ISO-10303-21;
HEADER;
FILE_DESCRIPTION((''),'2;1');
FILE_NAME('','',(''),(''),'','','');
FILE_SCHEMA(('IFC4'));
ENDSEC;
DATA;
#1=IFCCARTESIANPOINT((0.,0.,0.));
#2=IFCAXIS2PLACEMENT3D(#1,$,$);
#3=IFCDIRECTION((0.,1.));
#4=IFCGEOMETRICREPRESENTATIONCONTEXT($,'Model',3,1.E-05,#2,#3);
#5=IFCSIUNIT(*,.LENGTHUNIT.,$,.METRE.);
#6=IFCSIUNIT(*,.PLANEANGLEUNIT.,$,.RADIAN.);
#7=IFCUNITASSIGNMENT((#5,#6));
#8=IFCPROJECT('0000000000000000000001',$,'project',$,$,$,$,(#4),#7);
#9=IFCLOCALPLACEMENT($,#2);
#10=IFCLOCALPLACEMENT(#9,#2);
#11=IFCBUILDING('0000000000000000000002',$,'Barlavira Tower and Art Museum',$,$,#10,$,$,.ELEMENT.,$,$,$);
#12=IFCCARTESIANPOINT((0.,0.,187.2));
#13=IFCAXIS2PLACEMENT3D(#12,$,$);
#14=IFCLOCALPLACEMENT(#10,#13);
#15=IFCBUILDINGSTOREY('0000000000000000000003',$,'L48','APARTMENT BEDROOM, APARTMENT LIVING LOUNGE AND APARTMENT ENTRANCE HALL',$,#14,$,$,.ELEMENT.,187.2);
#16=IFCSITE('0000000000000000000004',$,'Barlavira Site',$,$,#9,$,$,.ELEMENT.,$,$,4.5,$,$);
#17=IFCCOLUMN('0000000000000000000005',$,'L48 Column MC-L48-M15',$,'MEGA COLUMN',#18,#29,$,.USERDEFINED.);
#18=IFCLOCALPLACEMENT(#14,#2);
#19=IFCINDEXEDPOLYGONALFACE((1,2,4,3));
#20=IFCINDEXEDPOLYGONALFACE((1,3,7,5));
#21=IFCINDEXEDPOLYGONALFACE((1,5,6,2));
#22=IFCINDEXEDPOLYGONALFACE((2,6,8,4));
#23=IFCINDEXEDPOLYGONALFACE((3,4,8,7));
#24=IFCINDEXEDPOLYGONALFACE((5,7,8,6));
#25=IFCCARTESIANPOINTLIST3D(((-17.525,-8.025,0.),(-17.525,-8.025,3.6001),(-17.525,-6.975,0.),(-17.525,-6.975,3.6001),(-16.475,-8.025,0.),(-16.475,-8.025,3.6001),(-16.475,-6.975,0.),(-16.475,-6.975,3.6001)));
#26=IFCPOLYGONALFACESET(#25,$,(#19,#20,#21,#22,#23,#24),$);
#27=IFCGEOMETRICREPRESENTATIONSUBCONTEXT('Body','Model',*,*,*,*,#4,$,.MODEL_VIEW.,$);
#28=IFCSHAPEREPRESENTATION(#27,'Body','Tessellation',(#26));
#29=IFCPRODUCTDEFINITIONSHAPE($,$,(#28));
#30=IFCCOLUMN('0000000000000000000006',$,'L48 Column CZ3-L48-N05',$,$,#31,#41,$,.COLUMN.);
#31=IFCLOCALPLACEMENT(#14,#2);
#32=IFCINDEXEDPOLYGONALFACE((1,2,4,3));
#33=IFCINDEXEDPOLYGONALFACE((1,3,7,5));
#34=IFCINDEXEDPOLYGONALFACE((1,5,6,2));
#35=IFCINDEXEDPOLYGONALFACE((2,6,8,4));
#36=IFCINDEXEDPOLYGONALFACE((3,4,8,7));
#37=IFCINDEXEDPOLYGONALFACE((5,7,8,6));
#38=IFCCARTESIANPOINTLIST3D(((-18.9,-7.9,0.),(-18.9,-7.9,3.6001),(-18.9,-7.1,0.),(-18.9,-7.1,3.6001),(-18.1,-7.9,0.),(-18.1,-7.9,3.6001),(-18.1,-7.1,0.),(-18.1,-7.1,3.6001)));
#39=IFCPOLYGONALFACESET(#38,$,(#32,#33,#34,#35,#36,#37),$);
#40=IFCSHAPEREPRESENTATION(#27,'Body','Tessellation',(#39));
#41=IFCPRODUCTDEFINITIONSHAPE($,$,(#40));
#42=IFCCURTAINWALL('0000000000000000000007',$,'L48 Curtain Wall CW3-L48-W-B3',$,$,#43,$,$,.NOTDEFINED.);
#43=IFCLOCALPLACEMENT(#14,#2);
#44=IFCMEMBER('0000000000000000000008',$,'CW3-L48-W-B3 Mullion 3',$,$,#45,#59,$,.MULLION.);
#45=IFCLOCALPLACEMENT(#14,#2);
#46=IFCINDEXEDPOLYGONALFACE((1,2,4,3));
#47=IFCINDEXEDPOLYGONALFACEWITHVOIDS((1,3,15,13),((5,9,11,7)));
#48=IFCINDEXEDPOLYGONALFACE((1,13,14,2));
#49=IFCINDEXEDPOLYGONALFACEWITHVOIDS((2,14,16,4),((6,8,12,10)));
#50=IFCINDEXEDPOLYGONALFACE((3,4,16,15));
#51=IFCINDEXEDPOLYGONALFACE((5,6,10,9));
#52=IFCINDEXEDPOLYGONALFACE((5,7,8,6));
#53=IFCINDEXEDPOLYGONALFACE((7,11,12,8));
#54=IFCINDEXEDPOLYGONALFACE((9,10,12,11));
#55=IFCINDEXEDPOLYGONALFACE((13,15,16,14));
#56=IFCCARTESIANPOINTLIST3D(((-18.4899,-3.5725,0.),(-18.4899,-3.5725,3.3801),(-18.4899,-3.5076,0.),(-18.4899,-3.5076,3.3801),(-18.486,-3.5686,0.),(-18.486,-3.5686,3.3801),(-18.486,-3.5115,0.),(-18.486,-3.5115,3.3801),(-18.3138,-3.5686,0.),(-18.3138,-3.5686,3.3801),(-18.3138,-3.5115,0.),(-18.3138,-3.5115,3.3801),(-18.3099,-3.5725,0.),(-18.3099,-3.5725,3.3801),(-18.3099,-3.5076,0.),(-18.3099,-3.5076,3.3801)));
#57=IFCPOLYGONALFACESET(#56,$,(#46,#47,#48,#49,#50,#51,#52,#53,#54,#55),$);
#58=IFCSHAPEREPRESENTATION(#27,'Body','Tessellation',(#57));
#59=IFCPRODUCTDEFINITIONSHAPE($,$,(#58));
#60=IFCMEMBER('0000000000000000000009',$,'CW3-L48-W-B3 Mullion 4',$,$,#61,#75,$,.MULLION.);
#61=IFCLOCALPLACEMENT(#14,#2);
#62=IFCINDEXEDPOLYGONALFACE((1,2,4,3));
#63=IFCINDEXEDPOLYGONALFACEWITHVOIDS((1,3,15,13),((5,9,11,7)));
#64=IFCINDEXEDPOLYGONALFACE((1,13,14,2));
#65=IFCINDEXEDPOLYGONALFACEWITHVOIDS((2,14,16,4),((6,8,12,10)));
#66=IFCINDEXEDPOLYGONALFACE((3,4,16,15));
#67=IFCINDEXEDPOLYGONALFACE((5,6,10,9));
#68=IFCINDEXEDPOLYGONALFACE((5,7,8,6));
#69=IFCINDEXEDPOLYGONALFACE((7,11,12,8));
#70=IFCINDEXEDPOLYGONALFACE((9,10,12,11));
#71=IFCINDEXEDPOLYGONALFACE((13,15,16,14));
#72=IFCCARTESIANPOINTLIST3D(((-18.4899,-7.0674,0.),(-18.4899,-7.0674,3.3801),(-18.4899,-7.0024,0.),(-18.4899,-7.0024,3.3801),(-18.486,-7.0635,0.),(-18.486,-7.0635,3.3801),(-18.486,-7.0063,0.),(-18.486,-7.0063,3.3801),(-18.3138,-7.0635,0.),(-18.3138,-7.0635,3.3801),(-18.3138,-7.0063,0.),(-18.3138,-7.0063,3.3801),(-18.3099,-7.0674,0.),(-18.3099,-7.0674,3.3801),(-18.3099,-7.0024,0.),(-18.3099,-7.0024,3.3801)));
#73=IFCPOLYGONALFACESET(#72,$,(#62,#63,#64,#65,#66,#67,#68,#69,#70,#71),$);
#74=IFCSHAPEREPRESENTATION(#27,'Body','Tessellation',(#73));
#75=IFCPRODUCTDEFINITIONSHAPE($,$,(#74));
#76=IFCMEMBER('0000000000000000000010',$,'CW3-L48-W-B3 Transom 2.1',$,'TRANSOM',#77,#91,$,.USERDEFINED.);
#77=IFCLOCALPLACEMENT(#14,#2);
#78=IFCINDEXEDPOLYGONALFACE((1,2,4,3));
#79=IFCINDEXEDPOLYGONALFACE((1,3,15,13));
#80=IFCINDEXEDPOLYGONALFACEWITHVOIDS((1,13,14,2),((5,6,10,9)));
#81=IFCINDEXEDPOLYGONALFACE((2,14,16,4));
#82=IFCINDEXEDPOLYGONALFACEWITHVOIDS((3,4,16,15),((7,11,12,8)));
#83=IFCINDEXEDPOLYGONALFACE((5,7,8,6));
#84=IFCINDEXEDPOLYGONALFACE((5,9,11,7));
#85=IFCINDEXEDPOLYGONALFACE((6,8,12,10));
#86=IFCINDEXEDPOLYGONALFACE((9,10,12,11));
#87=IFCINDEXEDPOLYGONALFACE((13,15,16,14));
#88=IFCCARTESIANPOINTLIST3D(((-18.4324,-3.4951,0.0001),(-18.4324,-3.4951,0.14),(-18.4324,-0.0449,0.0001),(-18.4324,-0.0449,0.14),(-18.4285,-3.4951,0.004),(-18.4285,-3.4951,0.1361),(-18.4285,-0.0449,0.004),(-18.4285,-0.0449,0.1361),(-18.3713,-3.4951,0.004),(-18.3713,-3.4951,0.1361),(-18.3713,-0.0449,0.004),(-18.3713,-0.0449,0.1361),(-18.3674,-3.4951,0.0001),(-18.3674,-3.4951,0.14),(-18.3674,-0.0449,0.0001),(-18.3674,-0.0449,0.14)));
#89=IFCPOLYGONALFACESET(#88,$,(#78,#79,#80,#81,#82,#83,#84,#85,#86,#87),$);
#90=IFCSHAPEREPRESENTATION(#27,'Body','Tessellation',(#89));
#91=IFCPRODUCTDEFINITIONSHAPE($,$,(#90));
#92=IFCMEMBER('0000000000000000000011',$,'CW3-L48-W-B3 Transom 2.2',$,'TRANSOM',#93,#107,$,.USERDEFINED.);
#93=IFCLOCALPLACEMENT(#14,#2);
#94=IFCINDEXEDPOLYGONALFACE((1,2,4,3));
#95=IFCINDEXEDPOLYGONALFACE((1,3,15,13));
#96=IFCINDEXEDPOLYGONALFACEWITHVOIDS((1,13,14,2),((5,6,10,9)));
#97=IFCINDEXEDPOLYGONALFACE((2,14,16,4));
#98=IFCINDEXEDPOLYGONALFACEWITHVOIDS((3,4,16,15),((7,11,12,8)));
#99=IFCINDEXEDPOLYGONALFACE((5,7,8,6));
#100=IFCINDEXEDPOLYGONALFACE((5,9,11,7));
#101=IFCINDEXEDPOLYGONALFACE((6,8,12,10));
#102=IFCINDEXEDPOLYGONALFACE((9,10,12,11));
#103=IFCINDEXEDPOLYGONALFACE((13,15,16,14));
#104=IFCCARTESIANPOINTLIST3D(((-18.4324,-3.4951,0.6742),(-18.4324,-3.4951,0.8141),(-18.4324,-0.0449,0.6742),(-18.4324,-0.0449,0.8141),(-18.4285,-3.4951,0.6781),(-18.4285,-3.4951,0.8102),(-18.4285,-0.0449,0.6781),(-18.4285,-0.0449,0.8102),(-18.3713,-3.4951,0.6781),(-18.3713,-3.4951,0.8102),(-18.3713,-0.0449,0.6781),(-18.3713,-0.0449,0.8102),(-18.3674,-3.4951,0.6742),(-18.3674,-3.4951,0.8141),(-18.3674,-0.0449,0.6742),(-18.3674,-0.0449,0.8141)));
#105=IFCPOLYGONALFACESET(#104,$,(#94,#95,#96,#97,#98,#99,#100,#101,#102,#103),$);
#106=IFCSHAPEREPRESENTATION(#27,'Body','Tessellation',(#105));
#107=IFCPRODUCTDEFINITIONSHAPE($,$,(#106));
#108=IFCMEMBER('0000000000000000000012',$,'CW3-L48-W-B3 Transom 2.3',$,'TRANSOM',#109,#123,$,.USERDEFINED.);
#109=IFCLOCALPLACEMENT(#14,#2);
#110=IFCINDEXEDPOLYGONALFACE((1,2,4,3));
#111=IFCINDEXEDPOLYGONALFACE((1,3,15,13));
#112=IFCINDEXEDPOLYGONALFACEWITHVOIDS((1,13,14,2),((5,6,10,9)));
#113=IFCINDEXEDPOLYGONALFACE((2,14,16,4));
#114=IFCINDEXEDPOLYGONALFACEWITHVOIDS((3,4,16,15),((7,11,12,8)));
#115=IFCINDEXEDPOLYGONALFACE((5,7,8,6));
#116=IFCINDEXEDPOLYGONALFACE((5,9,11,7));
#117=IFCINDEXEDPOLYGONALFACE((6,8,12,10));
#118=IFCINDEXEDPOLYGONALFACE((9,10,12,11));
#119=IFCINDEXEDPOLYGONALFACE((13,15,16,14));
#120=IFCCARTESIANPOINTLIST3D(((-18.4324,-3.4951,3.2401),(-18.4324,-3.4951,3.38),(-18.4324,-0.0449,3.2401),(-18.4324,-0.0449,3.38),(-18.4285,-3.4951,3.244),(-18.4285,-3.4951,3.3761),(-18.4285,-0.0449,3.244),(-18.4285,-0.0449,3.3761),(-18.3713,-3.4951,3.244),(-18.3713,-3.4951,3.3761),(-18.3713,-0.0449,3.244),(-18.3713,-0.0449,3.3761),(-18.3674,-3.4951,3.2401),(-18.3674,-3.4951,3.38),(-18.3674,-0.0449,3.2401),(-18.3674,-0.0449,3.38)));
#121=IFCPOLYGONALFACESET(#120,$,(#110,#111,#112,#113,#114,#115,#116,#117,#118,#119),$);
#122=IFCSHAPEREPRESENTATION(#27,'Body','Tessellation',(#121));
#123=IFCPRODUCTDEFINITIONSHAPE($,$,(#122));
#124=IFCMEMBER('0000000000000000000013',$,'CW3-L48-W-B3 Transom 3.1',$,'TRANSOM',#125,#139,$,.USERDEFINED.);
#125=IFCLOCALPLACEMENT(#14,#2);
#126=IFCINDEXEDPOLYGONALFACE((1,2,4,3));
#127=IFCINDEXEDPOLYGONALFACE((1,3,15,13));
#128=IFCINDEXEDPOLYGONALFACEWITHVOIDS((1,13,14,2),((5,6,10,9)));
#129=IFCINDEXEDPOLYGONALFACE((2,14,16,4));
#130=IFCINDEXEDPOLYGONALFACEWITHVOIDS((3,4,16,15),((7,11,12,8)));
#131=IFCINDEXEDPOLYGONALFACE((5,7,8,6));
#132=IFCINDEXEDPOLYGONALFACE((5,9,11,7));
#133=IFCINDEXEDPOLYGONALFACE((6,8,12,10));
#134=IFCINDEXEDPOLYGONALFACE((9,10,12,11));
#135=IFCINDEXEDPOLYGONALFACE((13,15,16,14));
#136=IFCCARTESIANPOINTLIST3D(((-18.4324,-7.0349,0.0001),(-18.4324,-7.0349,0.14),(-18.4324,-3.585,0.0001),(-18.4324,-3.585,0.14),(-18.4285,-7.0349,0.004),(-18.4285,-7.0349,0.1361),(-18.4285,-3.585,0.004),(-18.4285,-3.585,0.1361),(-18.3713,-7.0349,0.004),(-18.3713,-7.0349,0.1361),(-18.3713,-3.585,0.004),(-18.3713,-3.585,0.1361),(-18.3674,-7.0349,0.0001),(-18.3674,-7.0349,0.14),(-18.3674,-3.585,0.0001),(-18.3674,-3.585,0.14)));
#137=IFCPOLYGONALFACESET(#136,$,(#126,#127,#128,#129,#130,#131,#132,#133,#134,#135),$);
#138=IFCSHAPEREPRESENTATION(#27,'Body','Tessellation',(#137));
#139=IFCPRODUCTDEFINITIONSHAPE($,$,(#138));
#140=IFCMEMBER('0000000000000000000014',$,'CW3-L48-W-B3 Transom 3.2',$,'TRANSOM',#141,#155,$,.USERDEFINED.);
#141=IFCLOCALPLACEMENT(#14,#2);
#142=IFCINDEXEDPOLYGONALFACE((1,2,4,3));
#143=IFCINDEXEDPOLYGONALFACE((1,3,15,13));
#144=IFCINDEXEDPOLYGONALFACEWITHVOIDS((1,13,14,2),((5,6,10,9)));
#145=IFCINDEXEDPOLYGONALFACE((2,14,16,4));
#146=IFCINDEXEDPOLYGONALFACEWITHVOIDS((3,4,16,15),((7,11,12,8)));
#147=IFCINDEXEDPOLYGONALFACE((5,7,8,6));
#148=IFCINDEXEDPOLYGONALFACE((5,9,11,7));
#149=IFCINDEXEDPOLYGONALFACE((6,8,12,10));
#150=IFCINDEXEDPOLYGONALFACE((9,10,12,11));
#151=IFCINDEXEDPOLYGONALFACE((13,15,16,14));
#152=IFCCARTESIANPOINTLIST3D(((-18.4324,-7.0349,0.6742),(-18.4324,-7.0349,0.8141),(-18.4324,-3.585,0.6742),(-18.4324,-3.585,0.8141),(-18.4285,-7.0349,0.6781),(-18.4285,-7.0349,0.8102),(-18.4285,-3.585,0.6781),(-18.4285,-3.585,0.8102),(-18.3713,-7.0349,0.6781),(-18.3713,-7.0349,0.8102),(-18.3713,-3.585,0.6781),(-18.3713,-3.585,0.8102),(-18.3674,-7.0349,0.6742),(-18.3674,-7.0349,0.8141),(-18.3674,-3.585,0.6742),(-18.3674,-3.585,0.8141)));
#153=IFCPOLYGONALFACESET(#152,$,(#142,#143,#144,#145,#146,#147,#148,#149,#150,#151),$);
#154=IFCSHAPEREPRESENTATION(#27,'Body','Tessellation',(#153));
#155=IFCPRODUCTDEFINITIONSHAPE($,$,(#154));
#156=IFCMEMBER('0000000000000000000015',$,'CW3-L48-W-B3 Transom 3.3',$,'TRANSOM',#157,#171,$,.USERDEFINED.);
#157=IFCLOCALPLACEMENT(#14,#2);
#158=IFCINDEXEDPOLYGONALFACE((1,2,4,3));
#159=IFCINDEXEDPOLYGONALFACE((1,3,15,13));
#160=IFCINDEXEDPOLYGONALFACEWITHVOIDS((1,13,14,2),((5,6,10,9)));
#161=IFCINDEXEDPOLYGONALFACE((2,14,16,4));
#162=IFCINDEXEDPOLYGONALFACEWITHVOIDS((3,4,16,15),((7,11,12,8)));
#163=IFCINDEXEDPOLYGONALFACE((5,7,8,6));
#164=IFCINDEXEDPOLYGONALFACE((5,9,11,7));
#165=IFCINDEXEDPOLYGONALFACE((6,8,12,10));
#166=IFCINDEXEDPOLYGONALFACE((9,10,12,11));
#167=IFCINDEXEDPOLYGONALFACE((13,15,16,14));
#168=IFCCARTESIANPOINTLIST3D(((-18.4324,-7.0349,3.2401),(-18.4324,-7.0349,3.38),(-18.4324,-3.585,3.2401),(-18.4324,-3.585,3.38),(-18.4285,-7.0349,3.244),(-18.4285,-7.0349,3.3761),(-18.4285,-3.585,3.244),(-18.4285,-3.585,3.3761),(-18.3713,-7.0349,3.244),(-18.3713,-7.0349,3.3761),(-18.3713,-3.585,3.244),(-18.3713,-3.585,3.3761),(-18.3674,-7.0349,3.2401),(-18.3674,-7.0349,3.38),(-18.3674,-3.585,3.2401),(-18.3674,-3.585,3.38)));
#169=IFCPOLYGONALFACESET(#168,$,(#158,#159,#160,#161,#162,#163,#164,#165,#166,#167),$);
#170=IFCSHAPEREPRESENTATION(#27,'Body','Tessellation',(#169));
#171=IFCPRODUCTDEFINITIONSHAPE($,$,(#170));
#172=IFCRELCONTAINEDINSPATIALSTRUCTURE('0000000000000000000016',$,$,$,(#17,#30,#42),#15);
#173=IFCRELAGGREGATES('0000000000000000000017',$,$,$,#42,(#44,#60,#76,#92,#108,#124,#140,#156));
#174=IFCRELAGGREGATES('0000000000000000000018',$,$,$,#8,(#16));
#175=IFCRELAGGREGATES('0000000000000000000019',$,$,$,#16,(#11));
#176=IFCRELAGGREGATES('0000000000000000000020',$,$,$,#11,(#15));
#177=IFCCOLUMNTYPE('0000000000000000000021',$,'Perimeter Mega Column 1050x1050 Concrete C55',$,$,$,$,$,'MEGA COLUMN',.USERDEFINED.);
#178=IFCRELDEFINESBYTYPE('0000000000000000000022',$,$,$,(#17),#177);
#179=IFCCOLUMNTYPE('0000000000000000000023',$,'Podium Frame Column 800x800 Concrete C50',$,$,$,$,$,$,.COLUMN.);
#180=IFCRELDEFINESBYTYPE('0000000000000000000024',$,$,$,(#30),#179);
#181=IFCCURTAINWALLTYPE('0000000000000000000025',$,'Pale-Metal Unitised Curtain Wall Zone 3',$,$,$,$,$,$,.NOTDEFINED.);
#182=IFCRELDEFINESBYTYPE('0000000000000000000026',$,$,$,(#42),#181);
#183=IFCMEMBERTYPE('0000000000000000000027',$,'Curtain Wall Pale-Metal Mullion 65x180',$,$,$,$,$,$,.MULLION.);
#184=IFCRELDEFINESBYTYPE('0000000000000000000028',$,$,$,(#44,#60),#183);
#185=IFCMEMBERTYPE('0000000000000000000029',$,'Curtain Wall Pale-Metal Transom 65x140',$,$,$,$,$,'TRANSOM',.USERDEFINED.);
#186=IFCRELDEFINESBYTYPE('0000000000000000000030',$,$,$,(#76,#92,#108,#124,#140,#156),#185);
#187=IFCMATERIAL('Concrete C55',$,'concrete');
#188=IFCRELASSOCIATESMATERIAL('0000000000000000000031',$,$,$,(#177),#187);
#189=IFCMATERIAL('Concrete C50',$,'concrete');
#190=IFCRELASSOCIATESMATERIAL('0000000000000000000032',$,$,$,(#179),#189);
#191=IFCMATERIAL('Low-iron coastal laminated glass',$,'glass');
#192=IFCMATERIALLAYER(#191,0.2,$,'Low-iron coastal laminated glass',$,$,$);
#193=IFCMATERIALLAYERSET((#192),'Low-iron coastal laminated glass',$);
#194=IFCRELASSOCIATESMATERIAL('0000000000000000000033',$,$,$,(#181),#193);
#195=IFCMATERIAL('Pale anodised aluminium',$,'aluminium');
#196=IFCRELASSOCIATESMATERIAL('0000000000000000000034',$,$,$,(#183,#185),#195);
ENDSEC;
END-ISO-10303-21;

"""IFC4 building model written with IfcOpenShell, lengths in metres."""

from ifc_helpers import new_model, si_unit, direction, frame, origin, origin_2d, place, context, subcontext, project, spatial, rectangle, hollow_rectangle, extrude, material, layer, layer_set, material_profile, profile_set, type_object, element, aggregate, save


model = new_model("IFC4")

# Units and contexts
model_context = context("Model", 3, precision=1e-05, world=origin(), true_north=direction((0.0, 1.0)))
body_context = subcontext(model_context, "Body", "Model", "MODEL_VIEW")
ifc_project = project(units=[si_unit("LENGTHUNIT", "METRE"), si_unit("PLANEANGLEUNIT", "RADIAN")], contexts=[model_context])

# Site, building, storey
site_placement = place(None, origin())
site = spatial("IfcSite", under=ifc_project, at=site_placement, Name="Barlavira Site", CompositionType="ELEMENT", RefElevation=4.5)
building_placement = place(site_placement, origin())
building = spatial("IfcBuilding", under=site, at=building_placement, Name="Barlavira Tower and Art Museum", CompositionType="ELEMENT")
storey_placement = place(building_placement, frame((0.0, 0.0, 187.2)))
storey = spatial("IfcBuildingStorey", under=building, at=storey_placement, Name="L48", Description="APARTMENT BEDROOM, APARTMENT LIVING LOUNGE AND APARTMENT ENTRANCE HALL", CompositionType="ELEMENT", Elevation=187.2)

# Columns
ifc_material_1 = material(Name="Concrete C55", Category="concrete")
ifc_material_profile_1 = material_profile(ifc_material_1, rectangle(XDim=1.05, YDim=1.05, at=origin_2d()), Name="RC-COL 1050x1050")
ifc_profile_set_1 = profile_set([ifc_material_profile_1], Name="Concrete C55")
column_type_1 = type_object("IfcColumnType", Name="Perimeter Mega Column 1050x1050 Concrete C55", ElementType="MEGA COLUMN", PredefinedType="USERDEFINED", material=ifc_profile_set_1)
column_1_placement = place(storey_placement, frame((-17.0, -7.5, 0.0), z_axis=(0.0, 0.0, 1.0), x_axis=(1.0, 0.0, 0.0)))
element("IfcColumn", 1, at=column_1_placement, inside=storey, type_object=column_type_1, Name="L48 Column MC-L48-M15", ObjectType="MEGA COLUMN", PredefinedType="USERDEFINED", context=body_context, shape_type="SweptSolid", body=[
    extrude(rectangle(XDim=1.05, YDim=1.05, at=origin_2d()), origin(), (0.0, 0.0, 1.0), 3.6001),
])
ifc_material_2 = material(Name="Concrete C50", Category="concrete")
ifc_material_profile_2 = material_profile(ifc_material_2, rectangle(XDim=0.8, YDim=0.8, at=origin_2d()), Name="RC-COL 800x800")
ifc_profile_set_2 = profile_set([ifc_material_profile_2], Name="Concrete C50")
column_type_2 = type_object("IfcColumnType", Name="Podium Frame Column 800x800 Concrete C50", PredefinedType="COLUMN", material=ifc_profile_set_2)
column_2_placement = place(storey_placement, frame((-18.5, -7.5, 0.0), z_axis=(0.0, 0.0, 1.0), x_axis=(1.0, 0.0, 0.0)))
element("IfcColumn", 2, at=column_2_placement, inside=storey, type_object=column_type_2, Name="L48 Column CZ3-L48-N05", PredefinedType="COLUMN", context=body_context, shape_type="SweptSolid", body=[
    extrude(rectangle(XDim=0.8, YDim=0.8, at=origin_2d()), origin(), (0.0, 0.0, 1.0), 3.6001),
])

# Curtain wall, members
ifc_material_3 = material(Name="Low-iron coastal laminated glass", Category="glass")
ifc_layer_1 = layer(ifc_material_3, 0.2, Name="Low-iron coastal laminated glass")
ifc_layer_set_1 = layer_set([ifc_layer_1], Name="Low-iron coastal laminated glass")
curtain_wall_type = type_object("IfcCurtainWallType", Name="Pale-Metal Unitised Curtain Wall Zone 3", PredefinedType="NOTDEFINED", material=ifc_layer_set_1)
curtain_wall_placement = place(storey_placement, origin())
curtain_wall = element("IfcCurtainWall", 3, at=curtain_wall_placement, inside=storey, type_object=curtain_wall_type, Name="L48 Curtain Wall CW3-L48-W-B3", PredefinedType="NOTDEFINED")
ifc_material_4 = material(Name="Pale anodised aluminium", Category="aluminium")
ifc_material_profile_3 = material_profile(ifc_material_4, hollow_rectangle(XDim=0.0649, YDim=0.1799, WallThickness=0.0039, at=origin_2d()), Name="ALU-MULL 65x180x4")
ifc_profile_set_3 = profile_set([ifc_material_profile_3], Name="Pale anodised aluminium")
member_type_1 = type_object("IfcMemberType", Name="Curtain Wall Pale-Metal Mullion 65x180", PredefinedType="MULLION", material=ifc_profile_set_3)
member_1_placement = place(storey_placement, frame((-18.3999, -3.54, 0.0), z_axis=(0.0, 0.0, 1.0), x_axis=(0.0, -1.0, 0.0)))
member_1 = element("IfcMember", 4, at=member_1_placement, type_object=member_type_1, Name="CW3-L48-W-B3 Mullion 3", PredefinedType="MULLION", context=body_context, shape_type="SweptSolid", body=[
    extrude(hollow_rectangle(XDim=0.0649, YDim=0.1799, WallThickness=0.0039, at=origin_2d()), origin(), (0.0, 0.0, 1.0), 3.3801),
])
member_2_placement = place(storey_placement, frame((-18.3999, -7.0349, 0.0), z_axis=(0.0, 0.0, 1.0), x_axis=(0.0, -1.0, 0.0)))
member_2 = element("IfcMember", 5, at=member_2_placement, type_object=member_type_1, Name="CW3-L48-W-B3 Mullion 4", PredefinedType="MULLION", context=body_context, shape_type="SweptSolid", body=[
    extrude(hollow_rectangle(XDim=0.0649, YDim=0.1799, WallThickness=0.0039, at=origin_2d()), origin(), (0.0, 0.0, 1.0), 3.3801),
])
ifc_material_profile_4 = material_profile(ifc_material_4, hollow_rectangle(XDim=0.0649, YDim=0.1399, WallThickness=0.0039, at=origin_2d()), Name="ALU-TRAN 65x140x4")
ifc_profile_set_4 = profile_set([ifc_material_profile_4], Name="Pale anodised aluminium")
member_type_2 = type_object("IfcMemberType", Name="Curtain Wall Pale-Metal Transom 65x140", ElementType="TRANSOM", PredefinedType="USERDEFINED", material=ifc_profile_set_4)
member_3_placement = place(storey_placement, frame((-18.3999, -0.0449, 0.0701), z_axis=(0.0, -1.0, 0.0), x_axis=(1.0, 0.0, 0.0)))
member_3 = element("IfcMember", 6, at=member_3_placement, type_object=member_type_2, Name="CW3-L48-W-B3 Transom 2.1", ObjectType="TRANSOM", PredefinedType="USERDEFINED", context=body_context, shape_type="SweptSolid", body=[
    extrude(hollow_rectangle(XDim=0.0649, YDim=0.1399, WallThickness=0.0039, at=origin_2d()), origin(), (0.0, 0.0, 1.0), 3.4502),
])
member_4_placement = place(storey_placement, frame((-18.3999, -0.0449, 0.7441), z_axis=(0.0, -1.0, 0.0), x_axis=(1.0, 0.0, 0.0)))
member_4 = element("IfcMember", 7, at=member_4_placement, type_object=member_type_2, Name="CW3-L48-W-B3 Transom 2.2", ObjectType="TRANSOM", PredefinedType="USERDEFINED", context=body_context, shape_type="SweptSolid", body=[
    extrude(hollow_rectangle(XDim=0.0649, YDim=0.1399, WallThickness=0.0039, at=origin_2d()), origin(), (0.0, 0.0, 1.0), 3.4502),
])
member_5_placement = place(storey_placement, frame((-18.3999, -0.0449, 3.3101), z_axis=(0.0, -1.0, 0.0), x_axis=(1.0, 0.0, 0.0)))
member_5 = element("IfcMember", 8, at=member_5_placement, type_object=member_type_2, Name="CW3-L48-W-B3 Transom 2.3", ObjectType="TRANSOM", PredefinedType="USERDEFINED", context=body_context, shape_type="SweptSolid", body=[
    extrude(hollow_rectangle(XDim=0.0649, YDim=0.1399, WallThickness=0.0039, at=origin_2d()), origin(), (0.0, 0.0, 1.0), 3.4502),
])
member_6_placement = place(storey_placement, frame((-18.3999, -3.585, 0.0701), z_axis=(0.0, -1.0, 0.0), x_axis=(1.0, 0.0, 0.0)))
member_6 = element("IfcMember", 9, at=member_6_placement, type_object=member_type_2, Name="CW3-L48-W-B3 Transom 3.1", ObjectType="TRANSOM", PredefinedType="USERDEFINED", context=body_context, shape_type="SweptSolid", body=[
    extrude(hollow_rectangle(XDim=0.0649, YDim=0.1399, WallThickness=0.0039, at=origin_2d()), origin(), (0.0, 0.0, 1.0), 3.45),
])
member_7_placement = place(storey_placement, frame((-18.3999, -3.585, 0.7441), z_axis=(0.0, -1.0, 0.0), x_axis=(1.0, 0.0, 0.0)))
member_7 = element("IfcMember", 10, at=member_7_placement, type_object=member_type_2, Name="CW3-L48-W-B3 Transom 3.2", ObjectType="TRANSOM", PredefinedType="USERDEFINED", context=body_context, shape_type="SweptSolid", body=[
    extrude(hollow_rectangle(XDim=0.0649, YDim=0.1399, WallThickness=0.0039, at=origin_2d()), origin(), (0.0, 0.0, 1.0), 3.45),
])
member_8_placement = place(storey_placement, frame((-18.3999, -3.585, 3.3101), z_axis=(0.0, -1.0, 0.0), x_axis=(1.0, 0.0, 0.0)))
member_8 = element("IfcMember", 11, at=member_8_placement, type_object=member_type_2, Name="CW3-L48-W-B3 Transom 3.3", ObjectType="TRANSOM", PredefinedType="USERDEFINED", context=body_context, shape_type="SweptSolid", body=[
    extrude(hollow_rectangle(XDim=0.0649, YDim=0.1399, WallThickness=0.0039, at=origin_2d()), origin(), (0.0, 0.0, 1.0), 3.45),
])

aggregate(curtain_wall, [member_1, member_2, member_3, member_4, member_5, member_6, member_7, member_8])

save(model, "model.ifc")
